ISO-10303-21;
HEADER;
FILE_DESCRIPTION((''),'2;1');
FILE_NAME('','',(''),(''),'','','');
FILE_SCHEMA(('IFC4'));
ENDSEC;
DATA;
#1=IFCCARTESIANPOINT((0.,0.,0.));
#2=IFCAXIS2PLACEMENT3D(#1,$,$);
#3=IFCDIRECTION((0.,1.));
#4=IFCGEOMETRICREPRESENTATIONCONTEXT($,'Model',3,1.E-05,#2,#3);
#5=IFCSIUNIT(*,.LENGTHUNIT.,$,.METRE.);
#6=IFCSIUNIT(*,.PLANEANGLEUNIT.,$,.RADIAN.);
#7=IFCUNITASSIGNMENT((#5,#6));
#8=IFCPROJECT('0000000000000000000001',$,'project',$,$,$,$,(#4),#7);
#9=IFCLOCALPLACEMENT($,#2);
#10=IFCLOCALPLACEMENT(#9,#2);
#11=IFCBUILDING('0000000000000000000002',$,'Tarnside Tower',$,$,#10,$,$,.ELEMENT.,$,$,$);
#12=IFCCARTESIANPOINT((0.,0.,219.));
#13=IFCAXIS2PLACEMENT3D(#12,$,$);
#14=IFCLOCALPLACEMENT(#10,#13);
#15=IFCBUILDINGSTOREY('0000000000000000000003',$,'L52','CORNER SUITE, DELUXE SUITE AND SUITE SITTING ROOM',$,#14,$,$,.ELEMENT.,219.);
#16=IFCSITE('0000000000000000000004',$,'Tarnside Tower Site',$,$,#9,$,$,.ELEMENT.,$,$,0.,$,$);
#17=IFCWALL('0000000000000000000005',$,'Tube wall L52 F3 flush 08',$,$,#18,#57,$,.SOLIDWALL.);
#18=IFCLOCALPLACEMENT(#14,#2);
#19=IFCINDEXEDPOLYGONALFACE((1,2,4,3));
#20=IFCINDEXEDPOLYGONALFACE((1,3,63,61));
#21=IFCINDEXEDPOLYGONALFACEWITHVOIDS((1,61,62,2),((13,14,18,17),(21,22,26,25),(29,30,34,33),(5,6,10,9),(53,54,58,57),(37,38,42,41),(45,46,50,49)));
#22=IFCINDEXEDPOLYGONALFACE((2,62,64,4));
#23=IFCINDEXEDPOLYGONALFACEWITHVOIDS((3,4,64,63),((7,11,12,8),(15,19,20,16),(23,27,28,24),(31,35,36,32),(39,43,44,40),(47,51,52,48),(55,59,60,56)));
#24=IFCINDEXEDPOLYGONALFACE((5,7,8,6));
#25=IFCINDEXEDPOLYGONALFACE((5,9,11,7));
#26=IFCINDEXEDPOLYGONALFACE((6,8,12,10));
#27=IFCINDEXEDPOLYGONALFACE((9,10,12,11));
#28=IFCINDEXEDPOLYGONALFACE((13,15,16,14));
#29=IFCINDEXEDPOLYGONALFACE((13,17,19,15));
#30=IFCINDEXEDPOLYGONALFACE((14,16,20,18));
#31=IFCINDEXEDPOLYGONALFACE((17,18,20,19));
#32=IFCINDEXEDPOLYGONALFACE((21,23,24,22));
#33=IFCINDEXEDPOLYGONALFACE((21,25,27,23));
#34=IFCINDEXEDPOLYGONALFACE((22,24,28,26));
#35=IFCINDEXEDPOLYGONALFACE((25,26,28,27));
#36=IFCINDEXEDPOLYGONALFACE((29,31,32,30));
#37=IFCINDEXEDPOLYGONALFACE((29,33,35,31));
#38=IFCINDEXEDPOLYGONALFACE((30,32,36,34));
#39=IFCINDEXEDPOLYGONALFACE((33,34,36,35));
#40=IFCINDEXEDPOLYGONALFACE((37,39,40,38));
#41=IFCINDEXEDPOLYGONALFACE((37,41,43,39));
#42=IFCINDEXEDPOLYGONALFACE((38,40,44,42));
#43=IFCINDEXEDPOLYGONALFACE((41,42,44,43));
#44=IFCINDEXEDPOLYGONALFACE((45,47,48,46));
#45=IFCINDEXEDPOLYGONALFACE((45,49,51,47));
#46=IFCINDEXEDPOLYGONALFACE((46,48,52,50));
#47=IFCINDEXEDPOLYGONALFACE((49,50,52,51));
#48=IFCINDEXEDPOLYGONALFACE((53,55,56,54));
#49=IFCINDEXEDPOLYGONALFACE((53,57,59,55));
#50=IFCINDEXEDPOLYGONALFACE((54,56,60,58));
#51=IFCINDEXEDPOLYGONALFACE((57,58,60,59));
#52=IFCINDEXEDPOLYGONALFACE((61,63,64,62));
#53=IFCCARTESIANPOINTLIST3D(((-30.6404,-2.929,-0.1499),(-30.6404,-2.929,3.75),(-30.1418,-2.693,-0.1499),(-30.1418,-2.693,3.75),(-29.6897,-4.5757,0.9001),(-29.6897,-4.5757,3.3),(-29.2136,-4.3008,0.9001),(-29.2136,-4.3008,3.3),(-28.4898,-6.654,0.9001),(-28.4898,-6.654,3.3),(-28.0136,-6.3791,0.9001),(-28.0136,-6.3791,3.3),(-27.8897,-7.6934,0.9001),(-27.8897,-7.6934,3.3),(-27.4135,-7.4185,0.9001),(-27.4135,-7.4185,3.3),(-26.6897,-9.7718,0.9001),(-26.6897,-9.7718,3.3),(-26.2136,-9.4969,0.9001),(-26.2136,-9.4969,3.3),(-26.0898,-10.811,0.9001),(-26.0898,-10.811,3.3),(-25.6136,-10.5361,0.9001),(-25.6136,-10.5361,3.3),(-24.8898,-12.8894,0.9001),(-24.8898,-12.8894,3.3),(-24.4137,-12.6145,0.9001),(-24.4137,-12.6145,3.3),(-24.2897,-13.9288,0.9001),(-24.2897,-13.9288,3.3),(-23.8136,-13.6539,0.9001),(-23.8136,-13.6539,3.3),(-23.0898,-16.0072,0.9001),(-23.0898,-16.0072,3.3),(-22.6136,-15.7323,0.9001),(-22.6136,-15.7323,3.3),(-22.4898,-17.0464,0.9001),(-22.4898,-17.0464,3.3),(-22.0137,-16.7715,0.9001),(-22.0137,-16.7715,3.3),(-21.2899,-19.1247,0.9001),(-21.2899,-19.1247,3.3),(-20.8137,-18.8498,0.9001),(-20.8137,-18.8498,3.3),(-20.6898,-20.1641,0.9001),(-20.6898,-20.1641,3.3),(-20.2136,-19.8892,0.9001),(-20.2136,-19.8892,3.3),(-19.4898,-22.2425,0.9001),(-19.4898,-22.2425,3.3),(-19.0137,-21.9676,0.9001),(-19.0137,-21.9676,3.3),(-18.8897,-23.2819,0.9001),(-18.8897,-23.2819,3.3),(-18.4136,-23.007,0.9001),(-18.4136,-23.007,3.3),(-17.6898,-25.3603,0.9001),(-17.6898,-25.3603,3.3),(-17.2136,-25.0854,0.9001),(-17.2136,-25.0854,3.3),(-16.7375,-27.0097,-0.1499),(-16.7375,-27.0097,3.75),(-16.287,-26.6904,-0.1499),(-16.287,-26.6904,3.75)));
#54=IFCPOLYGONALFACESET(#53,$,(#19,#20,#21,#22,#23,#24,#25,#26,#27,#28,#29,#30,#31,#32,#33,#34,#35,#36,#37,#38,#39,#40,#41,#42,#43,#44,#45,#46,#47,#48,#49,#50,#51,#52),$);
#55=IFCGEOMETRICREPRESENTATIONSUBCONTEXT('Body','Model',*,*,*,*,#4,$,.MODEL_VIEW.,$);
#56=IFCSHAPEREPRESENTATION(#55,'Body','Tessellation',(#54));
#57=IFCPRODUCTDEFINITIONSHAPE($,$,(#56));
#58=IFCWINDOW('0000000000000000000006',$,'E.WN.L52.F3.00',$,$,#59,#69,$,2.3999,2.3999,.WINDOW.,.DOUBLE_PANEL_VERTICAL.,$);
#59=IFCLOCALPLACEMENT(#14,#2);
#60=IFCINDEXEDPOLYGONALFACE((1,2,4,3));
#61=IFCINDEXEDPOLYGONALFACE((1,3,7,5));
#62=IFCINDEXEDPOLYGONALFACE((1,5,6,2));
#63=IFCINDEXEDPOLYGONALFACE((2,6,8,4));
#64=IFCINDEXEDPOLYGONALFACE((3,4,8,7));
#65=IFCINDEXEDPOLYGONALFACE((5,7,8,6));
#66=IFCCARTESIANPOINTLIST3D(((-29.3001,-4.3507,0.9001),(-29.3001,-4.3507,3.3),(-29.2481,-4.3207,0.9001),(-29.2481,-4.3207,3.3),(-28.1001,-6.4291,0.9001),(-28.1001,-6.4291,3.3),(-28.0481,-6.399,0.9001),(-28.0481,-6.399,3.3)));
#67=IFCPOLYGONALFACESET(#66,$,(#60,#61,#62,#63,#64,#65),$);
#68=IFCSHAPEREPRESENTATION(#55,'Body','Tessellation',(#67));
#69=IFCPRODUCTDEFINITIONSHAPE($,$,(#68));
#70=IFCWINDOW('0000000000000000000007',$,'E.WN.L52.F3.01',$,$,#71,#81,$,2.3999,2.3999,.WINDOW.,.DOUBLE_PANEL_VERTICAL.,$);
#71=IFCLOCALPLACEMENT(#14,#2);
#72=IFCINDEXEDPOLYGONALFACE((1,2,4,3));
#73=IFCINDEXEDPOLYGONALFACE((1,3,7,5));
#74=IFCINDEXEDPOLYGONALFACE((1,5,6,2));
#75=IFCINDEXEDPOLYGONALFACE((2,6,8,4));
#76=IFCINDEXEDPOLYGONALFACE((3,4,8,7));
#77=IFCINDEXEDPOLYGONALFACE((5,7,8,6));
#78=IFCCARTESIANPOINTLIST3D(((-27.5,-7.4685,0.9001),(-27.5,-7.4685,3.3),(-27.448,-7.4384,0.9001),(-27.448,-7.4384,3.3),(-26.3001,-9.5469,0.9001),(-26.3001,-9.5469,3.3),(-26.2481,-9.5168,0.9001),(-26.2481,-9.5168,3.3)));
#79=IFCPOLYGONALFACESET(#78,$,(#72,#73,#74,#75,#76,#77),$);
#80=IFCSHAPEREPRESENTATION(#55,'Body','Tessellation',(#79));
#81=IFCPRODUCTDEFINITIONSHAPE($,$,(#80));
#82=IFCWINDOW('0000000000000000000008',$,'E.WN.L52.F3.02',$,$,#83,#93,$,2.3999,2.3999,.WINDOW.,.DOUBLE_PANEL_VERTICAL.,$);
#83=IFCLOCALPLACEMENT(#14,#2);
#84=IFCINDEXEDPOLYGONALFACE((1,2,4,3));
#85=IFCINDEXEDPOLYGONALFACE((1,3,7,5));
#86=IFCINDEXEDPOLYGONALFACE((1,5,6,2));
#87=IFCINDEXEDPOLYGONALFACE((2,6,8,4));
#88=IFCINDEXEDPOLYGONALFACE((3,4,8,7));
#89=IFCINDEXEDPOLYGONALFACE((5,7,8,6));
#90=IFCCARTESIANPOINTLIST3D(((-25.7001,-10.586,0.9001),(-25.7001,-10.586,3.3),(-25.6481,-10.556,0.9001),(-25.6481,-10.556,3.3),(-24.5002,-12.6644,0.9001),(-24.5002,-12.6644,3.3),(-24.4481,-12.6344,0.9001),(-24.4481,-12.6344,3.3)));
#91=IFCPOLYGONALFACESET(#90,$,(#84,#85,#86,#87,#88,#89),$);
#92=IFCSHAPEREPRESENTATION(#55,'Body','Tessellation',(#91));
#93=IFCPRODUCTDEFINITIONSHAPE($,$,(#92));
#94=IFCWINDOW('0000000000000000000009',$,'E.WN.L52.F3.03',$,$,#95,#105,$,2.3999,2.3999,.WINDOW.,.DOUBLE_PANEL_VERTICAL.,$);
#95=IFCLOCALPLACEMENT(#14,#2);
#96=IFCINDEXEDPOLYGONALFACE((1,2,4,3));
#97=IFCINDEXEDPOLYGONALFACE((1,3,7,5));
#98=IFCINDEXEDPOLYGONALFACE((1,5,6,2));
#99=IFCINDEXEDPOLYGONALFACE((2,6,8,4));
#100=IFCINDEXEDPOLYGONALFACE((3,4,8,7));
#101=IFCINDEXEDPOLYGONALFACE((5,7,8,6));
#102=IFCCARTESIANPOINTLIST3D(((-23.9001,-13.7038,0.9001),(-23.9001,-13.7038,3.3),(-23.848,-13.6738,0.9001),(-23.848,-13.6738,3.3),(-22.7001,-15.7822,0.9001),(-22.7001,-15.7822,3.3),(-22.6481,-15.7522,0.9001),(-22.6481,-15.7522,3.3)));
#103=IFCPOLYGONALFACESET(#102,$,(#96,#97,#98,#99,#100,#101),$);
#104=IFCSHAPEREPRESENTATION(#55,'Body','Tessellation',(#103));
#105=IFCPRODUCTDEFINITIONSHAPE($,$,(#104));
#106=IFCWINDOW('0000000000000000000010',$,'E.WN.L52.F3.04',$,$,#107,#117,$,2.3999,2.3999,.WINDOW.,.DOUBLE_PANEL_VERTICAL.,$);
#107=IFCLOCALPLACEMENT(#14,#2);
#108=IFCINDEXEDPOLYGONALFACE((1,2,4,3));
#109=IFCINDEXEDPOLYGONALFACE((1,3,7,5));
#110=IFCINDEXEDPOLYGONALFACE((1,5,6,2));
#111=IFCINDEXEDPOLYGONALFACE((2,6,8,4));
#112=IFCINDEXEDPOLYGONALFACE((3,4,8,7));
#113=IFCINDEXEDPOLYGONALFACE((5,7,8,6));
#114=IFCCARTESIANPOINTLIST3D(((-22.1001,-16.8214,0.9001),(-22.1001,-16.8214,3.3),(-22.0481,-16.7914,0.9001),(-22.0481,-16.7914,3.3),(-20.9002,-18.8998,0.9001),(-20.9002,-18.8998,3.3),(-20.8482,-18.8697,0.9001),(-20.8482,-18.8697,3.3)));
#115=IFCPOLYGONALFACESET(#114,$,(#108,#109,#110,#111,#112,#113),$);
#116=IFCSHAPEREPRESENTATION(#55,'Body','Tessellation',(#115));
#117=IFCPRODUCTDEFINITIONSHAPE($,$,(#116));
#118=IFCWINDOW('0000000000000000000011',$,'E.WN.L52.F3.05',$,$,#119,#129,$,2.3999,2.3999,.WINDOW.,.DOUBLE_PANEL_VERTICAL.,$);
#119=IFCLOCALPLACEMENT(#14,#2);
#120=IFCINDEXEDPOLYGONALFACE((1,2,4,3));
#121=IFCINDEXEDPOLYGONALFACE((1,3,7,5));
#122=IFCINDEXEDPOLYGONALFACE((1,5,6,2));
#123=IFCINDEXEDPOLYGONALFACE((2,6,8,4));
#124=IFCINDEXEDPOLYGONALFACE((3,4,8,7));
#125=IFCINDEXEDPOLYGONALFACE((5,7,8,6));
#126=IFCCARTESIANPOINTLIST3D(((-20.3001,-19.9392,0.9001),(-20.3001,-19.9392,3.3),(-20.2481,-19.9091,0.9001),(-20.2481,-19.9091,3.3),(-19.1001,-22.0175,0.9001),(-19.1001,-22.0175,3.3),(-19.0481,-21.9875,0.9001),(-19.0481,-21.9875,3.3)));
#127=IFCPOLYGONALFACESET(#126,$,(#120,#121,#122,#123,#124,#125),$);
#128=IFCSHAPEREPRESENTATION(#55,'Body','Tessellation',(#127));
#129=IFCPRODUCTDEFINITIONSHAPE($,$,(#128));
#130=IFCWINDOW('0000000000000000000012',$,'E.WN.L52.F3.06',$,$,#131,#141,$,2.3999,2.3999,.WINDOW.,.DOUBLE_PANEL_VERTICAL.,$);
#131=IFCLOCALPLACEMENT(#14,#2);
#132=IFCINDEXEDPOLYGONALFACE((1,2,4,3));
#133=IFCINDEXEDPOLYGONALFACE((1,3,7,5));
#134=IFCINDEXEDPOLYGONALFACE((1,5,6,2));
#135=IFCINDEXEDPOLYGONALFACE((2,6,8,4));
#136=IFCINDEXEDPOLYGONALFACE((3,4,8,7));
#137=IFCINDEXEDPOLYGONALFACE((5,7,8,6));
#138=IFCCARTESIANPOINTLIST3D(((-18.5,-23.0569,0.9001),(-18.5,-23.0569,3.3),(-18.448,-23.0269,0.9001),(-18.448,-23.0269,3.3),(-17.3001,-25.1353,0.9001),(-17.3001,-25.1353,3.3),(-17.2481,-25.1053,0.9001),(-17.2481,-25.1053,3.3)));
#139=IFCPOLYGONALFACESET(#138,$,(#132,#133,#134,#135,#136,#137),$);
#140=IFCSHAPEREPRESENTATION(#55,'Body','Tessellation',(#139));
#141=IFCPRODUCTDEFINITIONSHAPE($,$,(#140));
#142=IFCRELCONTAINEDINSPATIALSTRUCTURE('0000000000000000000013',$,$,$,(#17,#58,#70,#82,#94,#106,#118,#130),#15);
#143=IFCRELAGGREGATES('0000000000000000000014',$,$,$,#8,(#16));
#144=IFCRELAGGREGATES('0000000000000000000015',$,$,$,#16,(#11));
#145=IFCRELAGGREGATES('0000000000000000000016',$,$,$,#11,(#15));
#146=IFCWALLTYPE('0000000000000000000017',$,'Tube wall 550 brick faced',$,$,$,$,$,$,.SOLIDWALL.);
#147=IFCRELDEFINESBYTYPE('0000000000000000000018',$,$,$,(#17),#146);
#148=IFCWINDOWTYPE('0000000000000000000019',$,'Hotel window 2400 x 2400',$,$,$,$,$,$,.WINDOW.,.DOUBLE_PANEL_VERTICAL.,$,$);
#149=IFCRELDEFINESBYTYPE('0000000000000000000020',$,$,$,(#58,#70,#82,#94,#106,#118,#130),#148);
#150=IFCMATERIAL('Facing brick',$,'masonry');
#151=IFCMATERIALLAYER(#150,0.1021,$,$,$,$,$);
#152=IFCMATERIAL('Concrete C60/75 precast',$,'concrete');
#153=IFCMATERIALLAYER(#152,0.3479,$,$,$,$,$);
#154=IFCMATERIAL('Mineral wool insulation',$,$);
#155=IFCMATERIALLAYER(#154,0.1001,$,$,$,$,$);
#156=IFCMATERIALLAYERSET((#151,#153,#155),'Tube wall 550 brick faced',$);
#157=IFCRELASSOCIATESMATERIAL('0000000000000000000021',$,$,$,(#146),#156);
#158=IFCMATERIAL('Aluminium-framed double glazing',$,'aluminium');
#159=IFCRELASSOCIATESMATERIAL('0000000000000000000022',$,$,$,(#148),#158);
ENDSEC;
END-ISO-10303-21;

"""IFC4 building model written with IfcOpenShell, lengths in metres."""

from ifc_helpers import new_model, si_unit, direction, frame, frame_2d, origin, place, context, subcontext, project, spatial, polyline, rectangle, outline, extrude, material, layer, layer_set, type_object, element, fill, save


model = new_model("IFC4")

# Units and contexts
model_context = context("Model", 3, precision=1e-05, world=origin(), true_north=direction((0.0, 1.0)))
body_context = subcontext(model_context, "Body", "Model", "MODEL_VIEW")
ifc_project = project(units=[si_unit("LENGTHUNIT", "METRE"), si_unit("PLANEANGLEUNIT", "RADIAN")], contexts=[model_context])

# Site, building, storey
site_placement = place(None, origin())
site = spatial("IfcSite", under=ifc_project, at=site_placement, Name="Tarnside Tower Site", CompositionType="ELEMENT", RefElevation=0.0)
building_placement = place(site_placement, origin())
building = spatial("IfcBuilding", under=site, at=building_placement, Name="Tarnside Tower", CompositionType="ELEMENT")
storey_placement = place(building_placement, frame((0.0, 0.0, 219.0)))
storey = spatial("IfcBuildingStorey", under=building, at=storey_placement, Name="L52", Description="CORNER SUITE, DELUXE SUITE AND SUITE SITTING ROOM", CompositionType="ELEMENT", Elevation=219.0)

# Shared definitions
ifc_material_1 = material(Name="Facing brick", Category="masonry")
ifc_layer_1 = layer(ifc_material_1, 0.1021)
ifc_material_2 = material(Name="Concrete C60/75 precast", Category="concrete")
ifc_layer_2 = layer(ifc_material_2, 0.3479)
ifc_material_3 = material(Name="Mineral wool insulation")
ifc_layer_3 = layer(ifc_material_3, 0.1001)
ifc_layer_set_1 = layer_set([ifc_layer_1, ifc_layer_2, ifc_layer_3], Name="Tube wall 550 brick faced")
wall_type_1 = type_object("IfcWallType", Name="Tube wall 550 brick faced", PredefinedType="SOLIDWALL", material=ifc_layer_set_1)

# Wall, openings, windows
wall_1_placement = place(storey_placement, frame((-30.3911, -2.811, -0.1499), z_axis=(0.0, 0.0, 1.0), x_axis=(0.499999, -0.866026, 0.0)))
wall_1 = element("IfcWall", 1, at=wall_1_placement, inside=storey, type_object=wall_type_1, Name="Tube wall L52 F3 flush 08", PredefinedType="SOLIDWALL", context=body_context, shape_type="SweptSolid", body=[
    extrude(outline(polyline([(-0.0225, -0.2749), (27.7834, -0.2749), (27.7322, 0.2749), (0.0225, 0.2749), (-0.0225, -0.2749)])), origin(), (0.0, 0.0, 1.0), 3.8999),
])
opening_1_placement = place(wall_1_placement, frame((1.8789, 0.0, 1.05)))
opening_1 = element("IfcOpeningElement", 2, at=opening_1_placement, cuts=wall_1, PredefinedType="OPENING", context=body_context, shape_type="SweptSolid", body=[
    extrude(rectangle(XDim=2.3999, YDim=2.3999, at=frame_2d((1.2, 1.2))), frame((0.0, 0.2852, 0.0), z_axis=(0.0, -1.0, 0.0), x_axis=(1.0, 0.0, 0.0)), (0.0, 0.0, 1.0), 0.5701),
])
opening_2_placement = place(wall_1_placement, frame((5.479, 0.0, 1.05)))
opening_2 = element("IfcOpeningElement", 3, at=opening_2_placement, cuts=wall_1, PredefinedType="OPENING", context=body_context, shape_type="SweptSolid", body=[
    extrude(rectangle(XDim=2.3999, YDim=2.3999, at=frame_2d((1.2, 1.2))), frame((0.0, 0.2852, 0.0), z_axis=(0.0, -1.0, 0.0), x_axis=(1.0, 0.0, 0.0)), (0.0, 0.0, 1.0), 0.5701),
])
opening_3_placement = place(wall_1_placement, frame((9.0789, 0.0, 1.05)))
opening_3 = element("IfcOpeningElement", 4, at=opening_3_placement, cuts=wall_1, PredefinedType="OPENING", context=body_context, shape_type="SweptSolid", body=[
    extrude(rectangle(XDim=2.3999, YDim=2.3999, at=frame_2d((1.2, 1.2))), frame((0.0, 0.2852, 0.0), z_axis=(0.0, -1.0, 0.0), x_axis=(1.0, 0.0, 0.0)), (0.0, 0.0, 1.0), 0.5701),
])
opening_4_placement = place(wall_1_placement, frame((12.679, 0.0, 1.05)))
opening_4 = element("IfcOpeningElement", 5, at=opening_4_placement, cuts=wall_1, PredefinedType="OPENING", context=body_context, shape_type="SweptSolid", body=[
    extrude(rectangle(XDim=2.3999, YDim=2.3999, at=frame_2d((1.2, 1.2))), frame((0.0, 0.2852, 0.0), z_axis=(0.0, -1.0, 0.0), x_axis=(1.0, 0.0, 0.0)), (0.0, 0.0, 1.0), 0.5701),
])
opening_5_placement = place(wall_1_placement, frame((16.2788, 0.0, 1.05)))
opening_5 = element("IfcOpeningElement", 6, at=opening_5_placement, cuts=wall_1, PredefinedType="OPENING", context=body_context, shape_type="SweptSolid", body=[
    extrude(rectangle(XDim=2.3999, YDim=2.3999, at=frame_2d((1.2, 1.2))), frame((0.0, 0.2852, 0.0), z_axis=(0.0, -1.0, 0.0), x_axis=(1.0, 0.0, 0.0)), (0.0, 0.0, 1.0), 0.5701),
])
opening_6_placement = place(wall_1_placement, frame((19.8789, 0.0, 1.05)))
opening_6 = element("IfcOpeningElement", 7, at=opening_6_placement, cuts=wall_1, PredefinedType="OPENING", context=body_context, shape_type="SweptSolid", body=[
    extrude(rectangle(XDim=2.3999, YDim=2.3999, at=frame_2d((1.2, 1.2))), frame((0.0, 0.2852, 0.0), z_axis=(0.0, -1.0, 0.0), x_axis=(1.0, 0.0, 0.0)), (0.0, 0.0, 1.0), 0.5701),
])
opening_7_placement = place(wall_1_placement, frame((23.479, 0.0, 1.05)))
opening_7 = element("IfcOpeningElement", 8, at=opening_7_placement, cuts=wall_1, PredefinedType="OPENING", context=body_context, shape_type="SweptSolid", body=[
    extrude(rectangle(XDim=2.3999, YDim=2.3999, at=frame_2d((1.2, 1.2))), frame((0.0, 0.2852, 0.0), z_axis=(0.0, -1.0, 0.0), x_axis=(1.0, 0.0, 0.0)), (0.0, 0.0, 1.0), 0.5701),
])
ifc_material_4 = material(Name="Aluminium-framed double glazing", Category="aluminium")
window_type = type_object("IfcWindowType", Name="Hotel window 2400 x 2400", PartitioningType="DOUBLE_PANEL_VERTICAL", PredefinedType="WINDOW", material=ifc_material_4)
window_1_placement = place(opening_1_placement, frame((0.0, 0.2051, 0.0)))
window_1 = element("IfcWindow", 9, at=window_1_placement, inside=storey, type_object=window_type, Name="E.WN.L52.F3.00", OverallHeight=2.3999, OverallWidth=2.3999, PartitioningType="DOUBLE_PANEL_VERTICAL", PredefinedType="WINDOW", context=body_context, shape_type="SweptSolid", body=[
    extrude(rectangle(XDim=2.3999, YDim=2.3999, at=frame_2d((1.2, 1.2))), frame((0.0, 0.03, 0.0), z_axis=(0.0, -1.0, 0.0), x_axis=(1.0, 0.0, 0.0)), (0.0, 0.0, 1.0), 0.0601),
])
fill(opening_1, window_1)
window_2_placement = place(opening_2_placement, frame((0.0, 0.2051, 0.0)))
window_2 = element("IfcWindow", 10, at=window_2_placement, inside=storey, type_object=window_type, Name="E.WN.L52.F3.01", OverallHeight=2.3999, OverallWidth=2.3999, PartitioningType="DOUBLE_PANEL_VERTICAL", PredefinedType="WINDOW", context=body_context, shape_type="SweptSolid", body=[
    extrude(rectangle(XDim=2.3999, YDim=2.3999, at=frame_2d((1.2, 1.2))), frame((0.0, 0.03, 0.0), z_axis=(0.0, -1.0, 0.0), x_axis=(1.0, 0.0, 0.0)), (0.0, 0.0, 1.0), 0.0601),
])
fill(opening_2, window_2)
window_3_placement = place(opening_3_placement, frame((0.0, 0.2051, 0.0)))
window_3 = element("IfcWindow", 11, at=window_3_placement, inside=storey, type_object=window_type, Name="E.WN.L52.F3.02", OverallHeight=2.3999, OverallWidth=2.3999, PartitioningType="DOUBLE_PANEL_VERTICAL", PredefinedType="WINDOW", context=body_context, shape_type="SweptSolid", body=[
    extrude(rectangle(XDim=2.3999, YDim=2.3999, at=frame_2d((1.2, 1.2))), frame((0.0, 0.03, 0.0), z_axis=(0.0, -1.0, 0.0), x_axis=(1.0, 0.0, 0.0)), (0.0, 0.0, 1.0), 0.0601),
])
fill(opening_3, window_3)
window_4_placement = place(opening_4_placement, frame((0.0, 0.2051, 0.0)))
window_4 = element("IfcWindow", 12, at=window_4_placement, inside=storey, type_object=window_type, Name="E.WN.L52.F3.03", OverallHeight=2.3999, OverallWidth=2.3999, PartitioningType="DOUBLE_PANEL_VERTICAL", PredefinedType="WINDOW", context=body_context, shape_type="SweptSolid", body=[
    extrude(rectangle(XDim=2.3999, YDim=2.3999, at=frame_2d((1.2, 1.2))), frame((0.0, 0.03, 0.0), z_axis=(0.0, -1.0, 0.0), x_axis=(1.0, 0.0, 0.0)), (0.0, 0.0, 1.0), 0.0601),
])
fill(opening_4, window_4)
window_5_placement = place(opening_5_placement, frame((0.0, 0.2051, 0.0)))
window_5 = element("IfcWindow", 13, at=window_5_placement, inside=storey, type_object=window_type, Name="E.WN.L52.F3.04", OverallHeight=2.3999, OverallWidth=2.3999, PartitioningType="DOUBLE_PANEL_VERTICAL", PredefinedType="WINDOW", context=body_context, shape_type="SweptSolid", body=[
    extrude(rectangle(XDim=2.3999, YDim=2.3999, at=frame_2d((1.2, 1.2))), frame((0.0, 0.03, 0.0), z_axis=(0.0, -1.0, 0.0), x_axis=(1.0, 0.0, 0.0)), (0.0, 0.0, 1.0), 0.0601),
])
fill(opening_5, window_5)
window_6_placement = place(opening_6_placement, frame((0.0, 0.2051, 0.0)))
window_6 = element("IfcWindow", 14, at=window_6_placement, inside=storey, type_object=window_type, Name="E.WN.L52.F3.05", OverallHeight=2.3999, OverallWidth=2.3999, PartitioningType="DOUBLE_PANEL_VERTICAL", PredefinedType="WINDOW", context=body_context, shape_type="SweptSolid", body=[
    extrude(rectangle(XDim=2.3999, YDim=2.3999, at=frame_2d((1.2, 1.2))), frame((0.0, 0.03, 0.0), z_axis=(0.0, -1.0, 0.0), x_axis=(1.0, 0.0, 0.0)), (0.0, 0.0, 1.0), 0.0601),
])
fill(opening_6, window_6)
window_7_placement = place(opening_7_placement, frame((0.0, 0.2051, 0.0)))
window_7 = element("IfcWindow", 15, at=window_7_placement, inside=storey, type_object=window_type, Name="E.WN.L52.F3.06", OverallHeight=2.3999, OverallWidth=2.3999, PartitioningType="DOUBLE_PANEL_VERTICAL", PredefinedType="WINDOW", context=body_context, shape_type="SweptSolid", body=[
    extrude(rectangle(XDim=2.3999, YDim=2.3999, at=frame_2d((1.2, 1.2))), frame((0.0, 0.03, 0.0), z_axis=(0.0, -1.0, 0.0), x_axis=(1.0, 0.0, 0.0)), (0.0, 0.0, 1.0), 0.0601),
])
fill(opening_7, window_7)

save(model, "model.ifc")
